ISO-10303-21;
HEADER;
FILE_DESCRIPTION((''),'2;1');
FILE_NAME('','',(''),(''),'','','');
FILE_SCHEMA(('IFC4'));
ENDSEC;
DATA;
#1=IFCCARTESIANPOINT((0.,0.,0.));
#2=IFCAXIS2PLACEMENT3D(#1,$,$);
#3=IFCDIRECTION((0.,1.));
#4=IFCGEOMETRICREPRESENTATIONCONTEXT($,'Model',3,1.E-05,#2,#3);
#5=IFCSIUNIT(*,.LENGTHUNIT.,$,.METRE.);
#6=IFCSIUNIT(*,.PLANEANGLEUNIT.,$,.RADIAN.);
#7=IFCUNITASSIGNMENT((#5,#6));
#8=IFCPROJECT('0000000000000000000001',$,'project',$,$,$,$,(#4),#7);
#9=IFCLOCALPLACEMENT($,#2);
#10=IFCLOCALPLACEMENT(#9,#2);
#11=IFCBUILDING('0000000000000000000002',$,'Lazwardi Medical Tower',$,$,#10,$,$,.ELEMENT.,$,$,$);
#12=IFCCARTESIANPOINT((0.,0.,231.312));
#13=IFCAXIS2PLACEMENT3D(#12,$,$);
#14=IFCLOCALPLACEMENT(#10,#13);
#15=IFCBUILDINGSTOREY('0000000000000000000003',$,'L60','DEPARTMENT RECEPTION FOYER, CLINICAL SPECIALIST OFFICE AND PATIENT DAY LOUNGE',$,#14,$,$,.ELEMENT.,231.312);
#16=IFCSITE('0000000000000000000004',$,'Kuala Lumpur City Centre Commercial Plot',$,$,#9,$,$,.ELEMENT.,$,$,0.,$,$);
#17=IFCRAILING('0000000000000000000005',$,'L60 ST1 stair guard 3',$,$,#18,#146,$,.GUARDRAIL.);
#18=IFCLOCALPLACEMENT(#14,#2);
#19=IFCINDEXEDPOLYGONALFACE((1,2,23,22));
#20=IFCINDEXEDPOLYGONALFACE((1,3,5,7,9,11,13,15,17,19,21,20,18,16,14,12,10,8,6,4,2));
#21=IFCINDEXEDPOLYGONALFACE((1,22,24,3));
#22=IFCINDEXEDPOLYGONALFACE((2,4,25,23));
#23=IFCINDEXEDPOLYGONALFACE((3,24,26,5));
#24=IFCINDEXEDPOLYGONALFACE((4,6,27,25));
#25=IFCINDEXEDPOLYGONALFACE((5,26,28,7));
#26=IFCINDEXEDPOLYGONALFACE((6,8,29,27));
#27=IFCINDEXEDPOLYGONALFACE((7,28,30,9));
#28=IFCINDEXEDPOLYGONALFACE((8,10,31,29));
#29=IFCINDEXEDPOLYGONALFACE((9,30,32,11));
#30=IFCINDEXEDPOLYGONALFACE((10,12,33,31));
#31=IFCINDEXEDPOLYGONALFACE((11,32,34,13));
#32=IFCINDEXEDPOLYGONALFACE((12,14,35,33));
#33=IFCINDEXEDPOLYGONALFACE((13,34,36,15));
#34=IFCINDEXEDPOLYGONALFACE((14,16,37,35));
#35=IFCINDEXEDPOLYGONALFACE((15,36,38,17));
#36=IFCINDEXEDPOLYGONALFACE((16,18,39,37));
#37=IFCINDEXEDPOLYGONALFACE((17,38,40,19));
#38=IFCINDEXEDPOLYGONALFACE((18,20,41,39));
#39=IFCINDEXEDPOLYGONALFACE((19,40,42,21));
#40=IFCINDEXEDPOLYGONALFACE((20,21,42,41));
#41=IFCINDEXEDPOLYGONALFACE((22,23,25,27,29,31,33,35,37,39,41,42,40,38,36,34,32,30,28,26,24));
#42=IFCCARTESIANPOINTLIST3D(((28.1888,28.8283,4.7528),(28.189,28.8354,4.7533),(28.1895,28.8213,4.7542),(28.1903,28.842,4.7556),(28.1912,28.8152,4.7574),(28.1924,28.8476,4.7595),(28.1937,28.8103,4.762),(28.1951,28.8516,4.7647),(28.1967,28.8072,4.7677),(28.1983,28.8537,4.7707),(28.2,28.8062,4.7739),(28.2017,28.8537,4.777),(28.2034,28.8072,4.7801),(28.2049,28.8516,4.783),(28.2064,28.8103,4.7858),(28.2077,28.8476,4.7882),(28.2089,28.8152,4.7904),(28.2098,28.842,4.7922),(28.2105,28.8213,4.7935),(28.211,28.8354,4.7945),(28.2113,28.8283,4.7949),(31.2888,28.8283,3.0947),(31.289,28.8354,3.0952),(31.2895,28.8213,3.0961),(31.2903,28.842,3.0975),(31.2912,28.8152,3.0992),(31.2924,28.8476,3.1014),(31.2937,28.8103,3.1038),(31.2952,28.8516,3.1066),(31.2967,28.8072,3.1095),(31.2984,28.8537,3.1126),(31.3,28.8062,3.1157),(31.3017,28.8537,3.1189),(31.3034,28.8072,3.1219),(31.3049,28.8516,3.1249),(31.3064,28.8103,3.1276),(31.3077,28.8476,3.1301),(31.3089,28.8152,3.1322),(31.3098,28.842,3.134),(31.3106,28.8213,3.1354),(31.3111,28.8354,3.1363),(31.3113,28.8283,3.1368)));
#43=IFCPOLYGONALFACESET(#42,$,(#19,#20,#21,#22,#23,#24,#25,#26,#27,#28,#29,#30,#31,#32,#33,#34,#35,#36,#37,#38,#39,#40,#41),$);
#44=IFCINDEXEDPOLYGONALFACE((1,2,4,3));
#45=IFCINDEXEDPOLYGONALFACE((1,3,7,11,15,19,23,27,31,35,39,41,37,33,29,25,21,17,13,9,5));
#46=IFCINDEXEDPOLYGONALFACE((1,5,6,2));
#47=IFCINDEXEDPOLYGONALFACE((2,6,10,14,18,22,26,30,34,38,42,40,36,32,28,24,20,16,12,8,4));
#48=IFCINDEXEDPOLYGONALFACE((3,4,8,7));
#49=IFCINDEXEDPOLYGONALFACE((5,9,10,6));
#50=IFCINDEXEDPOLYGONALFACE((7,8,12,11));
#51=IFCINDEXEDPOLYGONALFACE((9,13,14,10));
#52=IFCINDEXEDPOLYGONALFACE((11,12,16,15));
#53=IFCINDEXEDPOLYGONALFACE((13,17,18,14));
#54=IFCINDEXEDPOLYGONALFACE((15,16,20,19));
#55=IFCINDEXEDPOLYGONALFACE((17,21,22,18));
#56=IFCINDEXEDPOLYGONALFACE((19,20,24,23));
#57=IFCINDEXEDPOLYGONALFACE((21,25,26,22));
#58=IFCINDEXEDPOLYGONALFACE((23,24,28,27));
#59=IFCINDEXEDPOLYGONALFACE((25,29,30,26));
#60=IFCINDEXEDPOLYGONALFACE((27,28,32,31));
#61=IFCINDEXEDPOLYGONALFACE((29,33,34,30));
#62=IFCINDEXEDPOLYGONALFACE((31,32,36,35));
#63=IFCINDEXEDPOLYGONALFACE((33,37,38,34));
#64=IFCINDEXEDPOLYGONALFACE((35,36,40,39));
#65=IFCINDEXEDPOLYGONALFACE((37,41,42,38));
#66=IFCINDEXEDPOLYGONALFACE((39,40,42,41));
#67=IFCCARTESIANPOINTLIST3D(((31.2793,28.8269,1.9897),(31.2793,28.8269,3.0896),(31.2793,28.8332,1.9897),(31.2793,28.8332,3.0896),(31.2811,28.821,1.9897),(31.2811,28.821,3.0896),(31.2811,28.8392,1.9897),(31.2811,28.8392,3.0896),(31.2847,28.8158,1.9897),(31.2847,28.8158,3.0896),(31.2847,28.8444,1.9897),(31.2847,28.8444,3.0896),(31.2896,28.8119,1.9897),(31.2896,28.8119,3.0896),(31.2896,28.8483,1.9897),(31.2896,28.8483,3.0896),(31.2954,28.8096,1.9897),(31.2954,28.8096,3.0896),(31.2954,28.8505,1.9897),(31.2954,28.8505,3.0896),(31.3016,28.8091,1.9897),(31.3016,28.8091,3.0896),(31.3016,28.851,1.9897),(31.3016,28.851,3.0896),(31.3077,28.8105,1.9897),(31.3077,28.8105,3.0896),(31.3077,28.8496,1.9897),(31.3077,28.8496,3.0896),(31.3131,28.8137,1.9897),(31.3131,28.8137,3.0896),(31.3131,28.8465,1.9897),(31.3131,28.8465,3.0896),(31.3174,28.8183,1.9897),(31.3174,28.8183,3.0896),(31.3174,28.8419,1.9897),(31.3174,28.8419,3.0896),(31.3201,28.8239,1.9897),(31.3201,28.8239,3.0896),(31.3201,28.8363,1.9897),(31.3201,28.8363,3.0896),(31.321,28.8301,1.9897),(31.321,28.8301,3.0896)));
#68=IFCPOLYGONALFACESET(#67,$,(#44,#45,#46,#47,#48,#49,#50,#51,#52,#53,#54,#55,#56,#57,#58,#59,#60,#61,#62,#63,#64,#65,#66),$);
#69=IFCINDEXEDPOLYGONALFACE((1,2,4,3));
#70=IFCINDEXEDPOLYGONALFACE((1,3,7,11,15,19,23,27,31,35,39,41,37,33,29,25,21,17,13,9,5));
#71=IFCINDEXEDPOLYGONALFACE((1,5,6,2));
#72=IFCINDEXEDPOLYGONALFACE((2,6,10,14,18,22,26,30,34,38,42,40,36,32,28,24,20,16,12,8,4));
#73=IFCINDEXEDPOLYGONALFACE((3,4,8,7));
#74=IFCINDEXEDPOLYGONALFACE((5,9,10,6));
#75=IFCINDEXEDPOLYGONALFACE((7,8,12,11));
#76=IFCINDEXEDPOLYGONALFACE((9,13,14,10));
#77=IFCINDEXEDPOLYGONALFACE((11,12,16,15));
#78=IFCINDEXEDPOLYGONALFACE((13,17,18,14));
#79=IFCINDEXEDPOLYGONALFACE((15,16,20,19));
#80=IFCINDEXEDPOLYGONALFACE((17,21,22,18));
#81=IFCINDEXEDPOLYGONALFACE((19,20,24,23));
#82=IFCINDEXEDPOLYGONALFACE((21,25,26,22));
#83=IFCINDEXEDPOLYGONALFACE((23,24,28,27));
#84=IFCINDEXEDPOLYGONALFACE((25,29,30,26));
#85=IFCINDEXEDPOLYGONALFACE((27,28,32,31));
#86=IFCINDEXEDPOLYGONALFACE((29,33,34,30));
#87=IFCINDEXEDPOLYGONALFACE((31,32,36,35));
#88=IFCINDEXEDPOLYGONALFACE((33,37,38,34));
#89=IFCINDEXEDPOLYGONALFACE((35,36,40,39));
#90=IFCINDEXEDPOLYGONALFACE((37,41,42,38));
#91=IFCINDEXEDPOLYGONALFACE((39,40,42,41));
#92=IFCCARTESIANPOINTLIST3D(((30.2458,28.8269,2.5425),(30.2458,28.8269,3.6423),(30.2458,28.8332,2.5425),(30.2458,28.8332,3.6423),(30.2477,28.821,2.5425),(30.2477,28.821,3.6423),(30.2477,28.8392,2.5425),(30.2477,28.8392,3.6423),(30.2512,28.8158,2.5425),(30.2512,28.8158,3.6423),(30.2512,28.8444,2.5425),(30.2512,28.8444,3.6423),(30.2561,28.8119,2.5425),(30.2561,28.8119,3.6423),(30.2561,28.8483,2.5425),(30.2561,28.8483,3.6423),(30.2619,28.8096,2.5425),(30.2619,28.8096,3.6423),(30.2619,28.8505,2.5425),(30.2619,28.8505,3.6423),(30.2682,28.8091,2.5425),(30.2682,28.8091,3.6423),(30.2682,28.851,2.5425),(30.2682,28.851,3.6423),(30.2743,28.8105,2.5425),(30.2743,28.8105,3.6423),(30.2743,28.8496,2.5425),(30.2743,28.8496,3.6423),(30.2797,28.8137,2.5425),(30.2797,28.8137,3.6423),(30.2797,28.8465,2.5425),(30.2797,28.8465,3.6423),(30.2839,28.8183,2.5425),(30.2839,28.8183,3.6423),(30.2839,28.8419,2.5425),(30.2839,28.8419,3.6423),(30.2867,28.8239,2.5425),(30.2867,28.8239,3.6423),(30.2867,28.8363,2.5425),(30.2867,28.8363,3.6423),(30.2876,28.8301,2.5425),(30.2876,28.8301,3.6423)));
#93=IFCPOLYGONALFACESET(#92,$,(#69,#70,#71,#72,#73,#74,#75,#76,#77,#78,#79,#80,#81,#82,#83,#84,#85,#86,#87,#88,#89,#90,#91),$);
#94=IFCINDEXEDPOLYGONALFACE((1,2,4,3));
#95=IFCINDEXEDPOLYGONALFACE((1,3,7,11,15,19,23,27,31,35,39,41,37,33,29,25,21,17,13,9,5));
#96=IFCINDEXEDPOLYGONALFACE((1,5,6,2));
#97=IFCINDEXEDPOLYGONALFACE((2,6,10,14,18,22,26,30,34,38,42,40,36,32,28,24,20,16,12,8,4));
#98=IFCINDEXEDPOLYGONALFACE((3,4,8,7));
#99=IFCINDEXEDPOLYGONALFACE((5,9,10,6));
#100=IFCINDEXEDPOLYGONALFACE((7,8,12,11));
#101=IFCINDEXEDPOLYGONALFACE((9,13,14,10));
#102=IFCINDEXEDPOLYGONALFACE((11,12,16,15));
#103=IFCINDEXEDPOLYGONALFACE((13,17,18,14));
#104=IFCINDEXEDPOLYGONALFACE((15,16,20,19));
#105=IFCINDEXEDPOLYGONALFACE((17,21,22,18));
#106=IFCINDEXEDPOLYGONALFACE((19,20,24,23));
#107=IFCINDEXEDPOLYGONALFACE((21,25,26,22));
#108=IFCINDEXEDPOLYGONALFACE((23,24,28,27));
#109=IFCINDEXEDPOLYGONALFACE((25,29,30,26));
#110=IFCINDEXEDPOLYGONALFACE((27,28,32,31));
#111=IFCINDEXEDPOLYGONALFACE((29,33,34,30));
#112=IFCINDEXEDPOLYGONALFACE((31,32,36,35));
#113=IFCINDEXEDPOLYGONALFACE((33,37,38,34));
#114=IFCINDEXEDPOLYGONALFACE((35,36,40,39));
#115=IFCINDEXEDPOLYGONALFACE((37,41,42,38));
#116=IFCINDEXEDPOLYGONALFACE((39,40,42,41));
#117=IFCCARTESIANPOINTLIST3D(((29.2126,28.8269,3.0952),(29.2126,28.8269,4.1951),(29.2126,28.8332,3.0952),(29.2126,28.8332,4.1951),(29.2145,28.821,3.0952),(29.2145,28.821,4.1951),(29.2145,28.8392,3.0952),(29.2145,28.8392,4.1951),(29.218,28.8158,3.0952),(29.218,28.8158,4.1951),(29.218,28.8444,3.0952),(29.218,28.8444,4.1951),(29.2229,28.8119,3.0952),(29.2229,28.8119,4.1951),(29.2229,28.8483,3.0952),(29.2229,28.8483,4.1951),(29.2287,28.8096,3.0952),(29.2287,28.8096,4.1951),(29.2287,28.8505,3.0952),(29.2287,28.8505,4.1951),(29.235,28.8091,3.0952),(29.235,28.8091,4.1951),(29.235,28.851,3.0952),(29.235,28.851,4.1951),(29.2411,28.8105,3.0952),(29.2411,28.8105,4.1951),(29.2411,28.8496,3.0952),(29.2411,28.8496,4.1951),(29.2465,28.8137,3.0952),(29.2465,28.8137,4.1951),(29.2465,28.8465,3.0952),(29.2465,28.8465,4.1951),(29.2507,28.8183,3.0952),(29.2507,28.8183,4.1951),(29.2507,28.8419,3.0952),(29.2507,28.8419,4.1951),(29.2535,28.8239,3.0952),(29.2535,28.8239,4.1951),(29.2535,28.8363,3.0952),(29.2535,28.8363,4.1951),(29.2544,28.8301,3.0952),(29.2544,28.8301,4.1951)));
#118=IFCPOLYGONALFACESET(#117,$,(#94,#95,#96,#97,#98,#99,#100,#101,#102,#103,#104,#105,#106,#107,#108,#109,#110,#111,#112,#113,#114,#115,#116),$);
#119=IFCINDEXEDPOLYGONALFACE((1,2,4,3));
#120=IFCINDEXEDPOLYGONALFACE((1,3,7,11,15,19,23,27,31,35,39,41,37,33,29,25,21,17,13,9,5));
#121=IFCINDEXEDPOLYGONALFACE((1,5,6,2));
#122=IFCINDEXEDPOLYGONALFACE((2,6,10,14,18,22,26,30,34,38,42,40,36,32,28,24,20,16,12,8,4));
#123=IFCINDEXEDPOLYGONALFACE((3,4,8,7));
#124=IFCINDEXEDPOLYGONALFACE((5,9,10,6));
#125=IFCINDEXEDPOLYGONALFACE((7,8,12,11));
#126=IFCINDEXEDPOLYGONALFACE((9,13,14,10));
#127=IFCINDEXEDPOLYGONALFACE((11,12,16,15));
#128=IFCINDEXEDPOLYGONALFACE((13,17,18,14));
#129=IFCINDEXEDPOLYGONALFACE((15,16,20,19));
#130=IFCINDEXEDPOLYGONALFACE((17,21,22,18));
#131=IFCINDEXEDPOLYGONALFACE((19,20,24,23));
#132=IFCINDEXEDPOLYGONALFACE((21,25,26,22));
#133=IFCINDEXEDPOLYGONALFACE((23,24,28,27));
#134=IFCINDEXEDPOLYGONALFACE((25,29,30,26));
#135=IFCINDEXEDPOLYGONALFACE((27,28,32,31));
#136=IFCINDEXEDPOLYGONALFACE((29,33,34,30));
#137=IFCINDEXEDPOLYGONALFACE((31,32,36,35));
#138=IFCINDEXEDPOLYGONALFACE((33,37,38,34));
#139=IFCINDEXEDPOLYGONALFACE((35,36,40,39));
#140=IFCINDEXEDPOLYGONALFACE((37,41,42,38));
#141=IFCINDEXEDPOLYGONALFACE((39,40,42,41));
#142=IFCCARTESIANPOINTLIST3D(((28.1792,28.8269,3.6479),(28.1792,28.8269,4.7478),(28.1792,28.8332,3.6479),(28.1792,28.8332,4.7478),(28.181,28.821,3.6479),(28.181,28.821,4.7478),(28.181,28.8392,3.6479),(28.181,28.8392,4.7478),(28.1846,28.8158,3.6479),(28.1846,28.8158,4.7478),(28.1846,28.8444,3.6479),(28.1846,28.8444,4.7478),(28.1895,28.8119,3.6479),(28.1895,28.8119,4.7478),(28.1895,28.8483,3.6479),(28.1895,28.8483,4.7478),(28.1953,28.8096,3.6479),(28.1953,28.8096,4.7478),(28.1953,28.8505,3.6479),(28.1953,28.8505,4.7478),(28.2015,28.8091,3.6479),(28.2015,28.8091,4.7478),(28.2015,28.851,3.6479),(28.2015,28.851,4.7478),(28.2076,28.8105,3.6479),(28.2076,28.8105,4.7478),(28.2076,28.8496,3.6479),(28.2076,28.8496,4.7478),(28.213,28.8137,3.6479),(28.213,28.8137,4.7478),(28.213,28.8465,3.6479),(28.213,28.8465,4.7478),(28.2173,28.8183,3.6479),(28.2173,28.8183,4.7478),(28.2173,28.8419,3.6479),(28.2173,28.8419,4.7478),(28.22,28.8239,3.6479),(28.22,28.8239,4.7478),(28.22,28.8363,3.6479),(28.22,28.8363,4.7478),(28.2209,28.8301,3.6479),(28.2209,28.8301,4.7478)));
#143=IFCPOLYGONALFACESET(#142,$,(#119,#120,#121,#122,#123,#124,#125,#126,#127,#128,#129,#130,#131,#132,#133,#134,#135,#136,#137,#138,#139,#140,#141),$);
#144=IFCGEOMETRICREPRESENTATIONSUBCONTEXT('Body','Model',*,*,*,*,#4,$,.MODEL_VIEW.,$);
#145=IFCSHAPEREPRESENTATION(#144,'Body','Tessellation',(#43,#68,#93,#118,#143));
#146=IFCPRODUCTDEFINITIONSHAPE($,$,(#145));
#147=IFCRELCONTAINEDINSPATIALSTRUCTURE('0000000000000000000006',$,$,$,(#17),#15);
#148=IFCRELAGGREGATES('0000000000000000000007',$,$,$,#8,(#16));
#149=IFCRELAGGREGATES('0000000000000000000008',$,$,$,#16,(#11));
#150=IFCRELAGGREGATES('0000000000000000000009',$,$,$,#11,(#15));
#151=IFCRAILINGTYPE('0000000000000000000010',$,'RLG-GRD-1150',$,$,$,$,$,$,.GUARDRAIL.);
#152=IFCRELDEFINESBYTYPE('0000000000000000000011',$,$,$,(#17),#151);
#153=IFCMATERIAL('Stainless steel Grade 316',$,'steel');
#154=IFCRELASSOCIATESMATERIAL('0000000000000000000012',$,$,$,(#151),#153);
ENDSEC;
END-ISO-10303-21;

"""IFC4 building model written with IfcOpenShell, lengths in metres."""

from ifc_helpers import new_model, si_unit, direction, frame, origin, origin_2d, place, context, subcontext, project, spatial, circle, extrude, material, type_object, element, save


model = new_model("IFC4")

# Units and contexts
model_context = context("Model", 3, precision=1e-05, world=origin(), true_north=direction((0.0, 1.0)))
body_context = subcontext(model_context, "Body", "Model", "MODEL_VIEW")
ifc_project = project(units=[si_unit("LENGTHUNIT", "METRE"), si_unit("PLANEANGLEUNIT", "RADIAN")], contexts=[model_context])

# Site, building, storey
site_placement = place(None, origin())
site = spatial("IfcSite", under=ifc_project, at=site_placement, Name="Kuala Lumpur City Centre Commercial Plot", CompositionType="ELEMENT", RefElevation=0.0)
building_placement = place(site_placement, origin())
building = spatial("IfcBuilding", under=site, at=building_placement, Name="Lazwardi Medical Tower", CompositionType="ELEMENT")
storey_placement = place(building_placement, frame((0.0, 0.0, 231.312)))
storey = spatial("IfcBuildingStorey", under=building, at=storey_placement, Name="L60", Description="DEPARTMENT RECEPTION FOYER, CLINICAL SPECIALIST OFFICE AND PATIENT DAY LOUNGE", CompositionType="ELEMENT", Elevation=231.312)

# Railing
ifc_material_1 = material(Name="Stainless steel Grade 316", Category="steel")
railing_type_1 = type_object("IfcRailingType", Name="RLG-GRD-1150", PredefinedType="GUARDRAIL", material=ifc_material_1)
railing_1_placement = place(storey_placement, frame((31.3, 28.8301, 1.9897)))
element("IfcRailing", 1, at=railing_1_placement, inside=storey, type_object=railing_type_1, Name="L60 ST1 stair guard 3", PredefinedType="GUARDRAIL", context=body_context, shape_type="SweptSolid", body=[
    extrude(circle(Radius=0.0239, at=origin_2d()), frame((0.0, 0.0, 1.126), z_axis=(-0.881783, 0.0, 0.471655), x_axis=(0.0, -1.0, 0.0)), (0.0, 0.0, 1.0), 3.5156),
    extrude(circle(Radius=0.021, at=origin_2d()), origin(), (0.0, 0.0, 1.0), 1.0999),
    extrude(circle(Radius=0.021, at=origin_2d()), frame((-1.0334, 0.0, 0.5527)), (0.0, 0.0, 1.0), 1.0999),
    extrude(circle(Radius=0.021, at=origin_2d()), frame((-2.0667, 0.0, 1.1055)), (0.0, 0.0, 1.0), 1.0999),
    extrude(circle(Radius=0.021, at=origin_2d()), frame((-3.1001, 0.0, 1.6582)), (0.0, 0.0, 1.0), 1.0999),
])

save(model, "model.ifc")
